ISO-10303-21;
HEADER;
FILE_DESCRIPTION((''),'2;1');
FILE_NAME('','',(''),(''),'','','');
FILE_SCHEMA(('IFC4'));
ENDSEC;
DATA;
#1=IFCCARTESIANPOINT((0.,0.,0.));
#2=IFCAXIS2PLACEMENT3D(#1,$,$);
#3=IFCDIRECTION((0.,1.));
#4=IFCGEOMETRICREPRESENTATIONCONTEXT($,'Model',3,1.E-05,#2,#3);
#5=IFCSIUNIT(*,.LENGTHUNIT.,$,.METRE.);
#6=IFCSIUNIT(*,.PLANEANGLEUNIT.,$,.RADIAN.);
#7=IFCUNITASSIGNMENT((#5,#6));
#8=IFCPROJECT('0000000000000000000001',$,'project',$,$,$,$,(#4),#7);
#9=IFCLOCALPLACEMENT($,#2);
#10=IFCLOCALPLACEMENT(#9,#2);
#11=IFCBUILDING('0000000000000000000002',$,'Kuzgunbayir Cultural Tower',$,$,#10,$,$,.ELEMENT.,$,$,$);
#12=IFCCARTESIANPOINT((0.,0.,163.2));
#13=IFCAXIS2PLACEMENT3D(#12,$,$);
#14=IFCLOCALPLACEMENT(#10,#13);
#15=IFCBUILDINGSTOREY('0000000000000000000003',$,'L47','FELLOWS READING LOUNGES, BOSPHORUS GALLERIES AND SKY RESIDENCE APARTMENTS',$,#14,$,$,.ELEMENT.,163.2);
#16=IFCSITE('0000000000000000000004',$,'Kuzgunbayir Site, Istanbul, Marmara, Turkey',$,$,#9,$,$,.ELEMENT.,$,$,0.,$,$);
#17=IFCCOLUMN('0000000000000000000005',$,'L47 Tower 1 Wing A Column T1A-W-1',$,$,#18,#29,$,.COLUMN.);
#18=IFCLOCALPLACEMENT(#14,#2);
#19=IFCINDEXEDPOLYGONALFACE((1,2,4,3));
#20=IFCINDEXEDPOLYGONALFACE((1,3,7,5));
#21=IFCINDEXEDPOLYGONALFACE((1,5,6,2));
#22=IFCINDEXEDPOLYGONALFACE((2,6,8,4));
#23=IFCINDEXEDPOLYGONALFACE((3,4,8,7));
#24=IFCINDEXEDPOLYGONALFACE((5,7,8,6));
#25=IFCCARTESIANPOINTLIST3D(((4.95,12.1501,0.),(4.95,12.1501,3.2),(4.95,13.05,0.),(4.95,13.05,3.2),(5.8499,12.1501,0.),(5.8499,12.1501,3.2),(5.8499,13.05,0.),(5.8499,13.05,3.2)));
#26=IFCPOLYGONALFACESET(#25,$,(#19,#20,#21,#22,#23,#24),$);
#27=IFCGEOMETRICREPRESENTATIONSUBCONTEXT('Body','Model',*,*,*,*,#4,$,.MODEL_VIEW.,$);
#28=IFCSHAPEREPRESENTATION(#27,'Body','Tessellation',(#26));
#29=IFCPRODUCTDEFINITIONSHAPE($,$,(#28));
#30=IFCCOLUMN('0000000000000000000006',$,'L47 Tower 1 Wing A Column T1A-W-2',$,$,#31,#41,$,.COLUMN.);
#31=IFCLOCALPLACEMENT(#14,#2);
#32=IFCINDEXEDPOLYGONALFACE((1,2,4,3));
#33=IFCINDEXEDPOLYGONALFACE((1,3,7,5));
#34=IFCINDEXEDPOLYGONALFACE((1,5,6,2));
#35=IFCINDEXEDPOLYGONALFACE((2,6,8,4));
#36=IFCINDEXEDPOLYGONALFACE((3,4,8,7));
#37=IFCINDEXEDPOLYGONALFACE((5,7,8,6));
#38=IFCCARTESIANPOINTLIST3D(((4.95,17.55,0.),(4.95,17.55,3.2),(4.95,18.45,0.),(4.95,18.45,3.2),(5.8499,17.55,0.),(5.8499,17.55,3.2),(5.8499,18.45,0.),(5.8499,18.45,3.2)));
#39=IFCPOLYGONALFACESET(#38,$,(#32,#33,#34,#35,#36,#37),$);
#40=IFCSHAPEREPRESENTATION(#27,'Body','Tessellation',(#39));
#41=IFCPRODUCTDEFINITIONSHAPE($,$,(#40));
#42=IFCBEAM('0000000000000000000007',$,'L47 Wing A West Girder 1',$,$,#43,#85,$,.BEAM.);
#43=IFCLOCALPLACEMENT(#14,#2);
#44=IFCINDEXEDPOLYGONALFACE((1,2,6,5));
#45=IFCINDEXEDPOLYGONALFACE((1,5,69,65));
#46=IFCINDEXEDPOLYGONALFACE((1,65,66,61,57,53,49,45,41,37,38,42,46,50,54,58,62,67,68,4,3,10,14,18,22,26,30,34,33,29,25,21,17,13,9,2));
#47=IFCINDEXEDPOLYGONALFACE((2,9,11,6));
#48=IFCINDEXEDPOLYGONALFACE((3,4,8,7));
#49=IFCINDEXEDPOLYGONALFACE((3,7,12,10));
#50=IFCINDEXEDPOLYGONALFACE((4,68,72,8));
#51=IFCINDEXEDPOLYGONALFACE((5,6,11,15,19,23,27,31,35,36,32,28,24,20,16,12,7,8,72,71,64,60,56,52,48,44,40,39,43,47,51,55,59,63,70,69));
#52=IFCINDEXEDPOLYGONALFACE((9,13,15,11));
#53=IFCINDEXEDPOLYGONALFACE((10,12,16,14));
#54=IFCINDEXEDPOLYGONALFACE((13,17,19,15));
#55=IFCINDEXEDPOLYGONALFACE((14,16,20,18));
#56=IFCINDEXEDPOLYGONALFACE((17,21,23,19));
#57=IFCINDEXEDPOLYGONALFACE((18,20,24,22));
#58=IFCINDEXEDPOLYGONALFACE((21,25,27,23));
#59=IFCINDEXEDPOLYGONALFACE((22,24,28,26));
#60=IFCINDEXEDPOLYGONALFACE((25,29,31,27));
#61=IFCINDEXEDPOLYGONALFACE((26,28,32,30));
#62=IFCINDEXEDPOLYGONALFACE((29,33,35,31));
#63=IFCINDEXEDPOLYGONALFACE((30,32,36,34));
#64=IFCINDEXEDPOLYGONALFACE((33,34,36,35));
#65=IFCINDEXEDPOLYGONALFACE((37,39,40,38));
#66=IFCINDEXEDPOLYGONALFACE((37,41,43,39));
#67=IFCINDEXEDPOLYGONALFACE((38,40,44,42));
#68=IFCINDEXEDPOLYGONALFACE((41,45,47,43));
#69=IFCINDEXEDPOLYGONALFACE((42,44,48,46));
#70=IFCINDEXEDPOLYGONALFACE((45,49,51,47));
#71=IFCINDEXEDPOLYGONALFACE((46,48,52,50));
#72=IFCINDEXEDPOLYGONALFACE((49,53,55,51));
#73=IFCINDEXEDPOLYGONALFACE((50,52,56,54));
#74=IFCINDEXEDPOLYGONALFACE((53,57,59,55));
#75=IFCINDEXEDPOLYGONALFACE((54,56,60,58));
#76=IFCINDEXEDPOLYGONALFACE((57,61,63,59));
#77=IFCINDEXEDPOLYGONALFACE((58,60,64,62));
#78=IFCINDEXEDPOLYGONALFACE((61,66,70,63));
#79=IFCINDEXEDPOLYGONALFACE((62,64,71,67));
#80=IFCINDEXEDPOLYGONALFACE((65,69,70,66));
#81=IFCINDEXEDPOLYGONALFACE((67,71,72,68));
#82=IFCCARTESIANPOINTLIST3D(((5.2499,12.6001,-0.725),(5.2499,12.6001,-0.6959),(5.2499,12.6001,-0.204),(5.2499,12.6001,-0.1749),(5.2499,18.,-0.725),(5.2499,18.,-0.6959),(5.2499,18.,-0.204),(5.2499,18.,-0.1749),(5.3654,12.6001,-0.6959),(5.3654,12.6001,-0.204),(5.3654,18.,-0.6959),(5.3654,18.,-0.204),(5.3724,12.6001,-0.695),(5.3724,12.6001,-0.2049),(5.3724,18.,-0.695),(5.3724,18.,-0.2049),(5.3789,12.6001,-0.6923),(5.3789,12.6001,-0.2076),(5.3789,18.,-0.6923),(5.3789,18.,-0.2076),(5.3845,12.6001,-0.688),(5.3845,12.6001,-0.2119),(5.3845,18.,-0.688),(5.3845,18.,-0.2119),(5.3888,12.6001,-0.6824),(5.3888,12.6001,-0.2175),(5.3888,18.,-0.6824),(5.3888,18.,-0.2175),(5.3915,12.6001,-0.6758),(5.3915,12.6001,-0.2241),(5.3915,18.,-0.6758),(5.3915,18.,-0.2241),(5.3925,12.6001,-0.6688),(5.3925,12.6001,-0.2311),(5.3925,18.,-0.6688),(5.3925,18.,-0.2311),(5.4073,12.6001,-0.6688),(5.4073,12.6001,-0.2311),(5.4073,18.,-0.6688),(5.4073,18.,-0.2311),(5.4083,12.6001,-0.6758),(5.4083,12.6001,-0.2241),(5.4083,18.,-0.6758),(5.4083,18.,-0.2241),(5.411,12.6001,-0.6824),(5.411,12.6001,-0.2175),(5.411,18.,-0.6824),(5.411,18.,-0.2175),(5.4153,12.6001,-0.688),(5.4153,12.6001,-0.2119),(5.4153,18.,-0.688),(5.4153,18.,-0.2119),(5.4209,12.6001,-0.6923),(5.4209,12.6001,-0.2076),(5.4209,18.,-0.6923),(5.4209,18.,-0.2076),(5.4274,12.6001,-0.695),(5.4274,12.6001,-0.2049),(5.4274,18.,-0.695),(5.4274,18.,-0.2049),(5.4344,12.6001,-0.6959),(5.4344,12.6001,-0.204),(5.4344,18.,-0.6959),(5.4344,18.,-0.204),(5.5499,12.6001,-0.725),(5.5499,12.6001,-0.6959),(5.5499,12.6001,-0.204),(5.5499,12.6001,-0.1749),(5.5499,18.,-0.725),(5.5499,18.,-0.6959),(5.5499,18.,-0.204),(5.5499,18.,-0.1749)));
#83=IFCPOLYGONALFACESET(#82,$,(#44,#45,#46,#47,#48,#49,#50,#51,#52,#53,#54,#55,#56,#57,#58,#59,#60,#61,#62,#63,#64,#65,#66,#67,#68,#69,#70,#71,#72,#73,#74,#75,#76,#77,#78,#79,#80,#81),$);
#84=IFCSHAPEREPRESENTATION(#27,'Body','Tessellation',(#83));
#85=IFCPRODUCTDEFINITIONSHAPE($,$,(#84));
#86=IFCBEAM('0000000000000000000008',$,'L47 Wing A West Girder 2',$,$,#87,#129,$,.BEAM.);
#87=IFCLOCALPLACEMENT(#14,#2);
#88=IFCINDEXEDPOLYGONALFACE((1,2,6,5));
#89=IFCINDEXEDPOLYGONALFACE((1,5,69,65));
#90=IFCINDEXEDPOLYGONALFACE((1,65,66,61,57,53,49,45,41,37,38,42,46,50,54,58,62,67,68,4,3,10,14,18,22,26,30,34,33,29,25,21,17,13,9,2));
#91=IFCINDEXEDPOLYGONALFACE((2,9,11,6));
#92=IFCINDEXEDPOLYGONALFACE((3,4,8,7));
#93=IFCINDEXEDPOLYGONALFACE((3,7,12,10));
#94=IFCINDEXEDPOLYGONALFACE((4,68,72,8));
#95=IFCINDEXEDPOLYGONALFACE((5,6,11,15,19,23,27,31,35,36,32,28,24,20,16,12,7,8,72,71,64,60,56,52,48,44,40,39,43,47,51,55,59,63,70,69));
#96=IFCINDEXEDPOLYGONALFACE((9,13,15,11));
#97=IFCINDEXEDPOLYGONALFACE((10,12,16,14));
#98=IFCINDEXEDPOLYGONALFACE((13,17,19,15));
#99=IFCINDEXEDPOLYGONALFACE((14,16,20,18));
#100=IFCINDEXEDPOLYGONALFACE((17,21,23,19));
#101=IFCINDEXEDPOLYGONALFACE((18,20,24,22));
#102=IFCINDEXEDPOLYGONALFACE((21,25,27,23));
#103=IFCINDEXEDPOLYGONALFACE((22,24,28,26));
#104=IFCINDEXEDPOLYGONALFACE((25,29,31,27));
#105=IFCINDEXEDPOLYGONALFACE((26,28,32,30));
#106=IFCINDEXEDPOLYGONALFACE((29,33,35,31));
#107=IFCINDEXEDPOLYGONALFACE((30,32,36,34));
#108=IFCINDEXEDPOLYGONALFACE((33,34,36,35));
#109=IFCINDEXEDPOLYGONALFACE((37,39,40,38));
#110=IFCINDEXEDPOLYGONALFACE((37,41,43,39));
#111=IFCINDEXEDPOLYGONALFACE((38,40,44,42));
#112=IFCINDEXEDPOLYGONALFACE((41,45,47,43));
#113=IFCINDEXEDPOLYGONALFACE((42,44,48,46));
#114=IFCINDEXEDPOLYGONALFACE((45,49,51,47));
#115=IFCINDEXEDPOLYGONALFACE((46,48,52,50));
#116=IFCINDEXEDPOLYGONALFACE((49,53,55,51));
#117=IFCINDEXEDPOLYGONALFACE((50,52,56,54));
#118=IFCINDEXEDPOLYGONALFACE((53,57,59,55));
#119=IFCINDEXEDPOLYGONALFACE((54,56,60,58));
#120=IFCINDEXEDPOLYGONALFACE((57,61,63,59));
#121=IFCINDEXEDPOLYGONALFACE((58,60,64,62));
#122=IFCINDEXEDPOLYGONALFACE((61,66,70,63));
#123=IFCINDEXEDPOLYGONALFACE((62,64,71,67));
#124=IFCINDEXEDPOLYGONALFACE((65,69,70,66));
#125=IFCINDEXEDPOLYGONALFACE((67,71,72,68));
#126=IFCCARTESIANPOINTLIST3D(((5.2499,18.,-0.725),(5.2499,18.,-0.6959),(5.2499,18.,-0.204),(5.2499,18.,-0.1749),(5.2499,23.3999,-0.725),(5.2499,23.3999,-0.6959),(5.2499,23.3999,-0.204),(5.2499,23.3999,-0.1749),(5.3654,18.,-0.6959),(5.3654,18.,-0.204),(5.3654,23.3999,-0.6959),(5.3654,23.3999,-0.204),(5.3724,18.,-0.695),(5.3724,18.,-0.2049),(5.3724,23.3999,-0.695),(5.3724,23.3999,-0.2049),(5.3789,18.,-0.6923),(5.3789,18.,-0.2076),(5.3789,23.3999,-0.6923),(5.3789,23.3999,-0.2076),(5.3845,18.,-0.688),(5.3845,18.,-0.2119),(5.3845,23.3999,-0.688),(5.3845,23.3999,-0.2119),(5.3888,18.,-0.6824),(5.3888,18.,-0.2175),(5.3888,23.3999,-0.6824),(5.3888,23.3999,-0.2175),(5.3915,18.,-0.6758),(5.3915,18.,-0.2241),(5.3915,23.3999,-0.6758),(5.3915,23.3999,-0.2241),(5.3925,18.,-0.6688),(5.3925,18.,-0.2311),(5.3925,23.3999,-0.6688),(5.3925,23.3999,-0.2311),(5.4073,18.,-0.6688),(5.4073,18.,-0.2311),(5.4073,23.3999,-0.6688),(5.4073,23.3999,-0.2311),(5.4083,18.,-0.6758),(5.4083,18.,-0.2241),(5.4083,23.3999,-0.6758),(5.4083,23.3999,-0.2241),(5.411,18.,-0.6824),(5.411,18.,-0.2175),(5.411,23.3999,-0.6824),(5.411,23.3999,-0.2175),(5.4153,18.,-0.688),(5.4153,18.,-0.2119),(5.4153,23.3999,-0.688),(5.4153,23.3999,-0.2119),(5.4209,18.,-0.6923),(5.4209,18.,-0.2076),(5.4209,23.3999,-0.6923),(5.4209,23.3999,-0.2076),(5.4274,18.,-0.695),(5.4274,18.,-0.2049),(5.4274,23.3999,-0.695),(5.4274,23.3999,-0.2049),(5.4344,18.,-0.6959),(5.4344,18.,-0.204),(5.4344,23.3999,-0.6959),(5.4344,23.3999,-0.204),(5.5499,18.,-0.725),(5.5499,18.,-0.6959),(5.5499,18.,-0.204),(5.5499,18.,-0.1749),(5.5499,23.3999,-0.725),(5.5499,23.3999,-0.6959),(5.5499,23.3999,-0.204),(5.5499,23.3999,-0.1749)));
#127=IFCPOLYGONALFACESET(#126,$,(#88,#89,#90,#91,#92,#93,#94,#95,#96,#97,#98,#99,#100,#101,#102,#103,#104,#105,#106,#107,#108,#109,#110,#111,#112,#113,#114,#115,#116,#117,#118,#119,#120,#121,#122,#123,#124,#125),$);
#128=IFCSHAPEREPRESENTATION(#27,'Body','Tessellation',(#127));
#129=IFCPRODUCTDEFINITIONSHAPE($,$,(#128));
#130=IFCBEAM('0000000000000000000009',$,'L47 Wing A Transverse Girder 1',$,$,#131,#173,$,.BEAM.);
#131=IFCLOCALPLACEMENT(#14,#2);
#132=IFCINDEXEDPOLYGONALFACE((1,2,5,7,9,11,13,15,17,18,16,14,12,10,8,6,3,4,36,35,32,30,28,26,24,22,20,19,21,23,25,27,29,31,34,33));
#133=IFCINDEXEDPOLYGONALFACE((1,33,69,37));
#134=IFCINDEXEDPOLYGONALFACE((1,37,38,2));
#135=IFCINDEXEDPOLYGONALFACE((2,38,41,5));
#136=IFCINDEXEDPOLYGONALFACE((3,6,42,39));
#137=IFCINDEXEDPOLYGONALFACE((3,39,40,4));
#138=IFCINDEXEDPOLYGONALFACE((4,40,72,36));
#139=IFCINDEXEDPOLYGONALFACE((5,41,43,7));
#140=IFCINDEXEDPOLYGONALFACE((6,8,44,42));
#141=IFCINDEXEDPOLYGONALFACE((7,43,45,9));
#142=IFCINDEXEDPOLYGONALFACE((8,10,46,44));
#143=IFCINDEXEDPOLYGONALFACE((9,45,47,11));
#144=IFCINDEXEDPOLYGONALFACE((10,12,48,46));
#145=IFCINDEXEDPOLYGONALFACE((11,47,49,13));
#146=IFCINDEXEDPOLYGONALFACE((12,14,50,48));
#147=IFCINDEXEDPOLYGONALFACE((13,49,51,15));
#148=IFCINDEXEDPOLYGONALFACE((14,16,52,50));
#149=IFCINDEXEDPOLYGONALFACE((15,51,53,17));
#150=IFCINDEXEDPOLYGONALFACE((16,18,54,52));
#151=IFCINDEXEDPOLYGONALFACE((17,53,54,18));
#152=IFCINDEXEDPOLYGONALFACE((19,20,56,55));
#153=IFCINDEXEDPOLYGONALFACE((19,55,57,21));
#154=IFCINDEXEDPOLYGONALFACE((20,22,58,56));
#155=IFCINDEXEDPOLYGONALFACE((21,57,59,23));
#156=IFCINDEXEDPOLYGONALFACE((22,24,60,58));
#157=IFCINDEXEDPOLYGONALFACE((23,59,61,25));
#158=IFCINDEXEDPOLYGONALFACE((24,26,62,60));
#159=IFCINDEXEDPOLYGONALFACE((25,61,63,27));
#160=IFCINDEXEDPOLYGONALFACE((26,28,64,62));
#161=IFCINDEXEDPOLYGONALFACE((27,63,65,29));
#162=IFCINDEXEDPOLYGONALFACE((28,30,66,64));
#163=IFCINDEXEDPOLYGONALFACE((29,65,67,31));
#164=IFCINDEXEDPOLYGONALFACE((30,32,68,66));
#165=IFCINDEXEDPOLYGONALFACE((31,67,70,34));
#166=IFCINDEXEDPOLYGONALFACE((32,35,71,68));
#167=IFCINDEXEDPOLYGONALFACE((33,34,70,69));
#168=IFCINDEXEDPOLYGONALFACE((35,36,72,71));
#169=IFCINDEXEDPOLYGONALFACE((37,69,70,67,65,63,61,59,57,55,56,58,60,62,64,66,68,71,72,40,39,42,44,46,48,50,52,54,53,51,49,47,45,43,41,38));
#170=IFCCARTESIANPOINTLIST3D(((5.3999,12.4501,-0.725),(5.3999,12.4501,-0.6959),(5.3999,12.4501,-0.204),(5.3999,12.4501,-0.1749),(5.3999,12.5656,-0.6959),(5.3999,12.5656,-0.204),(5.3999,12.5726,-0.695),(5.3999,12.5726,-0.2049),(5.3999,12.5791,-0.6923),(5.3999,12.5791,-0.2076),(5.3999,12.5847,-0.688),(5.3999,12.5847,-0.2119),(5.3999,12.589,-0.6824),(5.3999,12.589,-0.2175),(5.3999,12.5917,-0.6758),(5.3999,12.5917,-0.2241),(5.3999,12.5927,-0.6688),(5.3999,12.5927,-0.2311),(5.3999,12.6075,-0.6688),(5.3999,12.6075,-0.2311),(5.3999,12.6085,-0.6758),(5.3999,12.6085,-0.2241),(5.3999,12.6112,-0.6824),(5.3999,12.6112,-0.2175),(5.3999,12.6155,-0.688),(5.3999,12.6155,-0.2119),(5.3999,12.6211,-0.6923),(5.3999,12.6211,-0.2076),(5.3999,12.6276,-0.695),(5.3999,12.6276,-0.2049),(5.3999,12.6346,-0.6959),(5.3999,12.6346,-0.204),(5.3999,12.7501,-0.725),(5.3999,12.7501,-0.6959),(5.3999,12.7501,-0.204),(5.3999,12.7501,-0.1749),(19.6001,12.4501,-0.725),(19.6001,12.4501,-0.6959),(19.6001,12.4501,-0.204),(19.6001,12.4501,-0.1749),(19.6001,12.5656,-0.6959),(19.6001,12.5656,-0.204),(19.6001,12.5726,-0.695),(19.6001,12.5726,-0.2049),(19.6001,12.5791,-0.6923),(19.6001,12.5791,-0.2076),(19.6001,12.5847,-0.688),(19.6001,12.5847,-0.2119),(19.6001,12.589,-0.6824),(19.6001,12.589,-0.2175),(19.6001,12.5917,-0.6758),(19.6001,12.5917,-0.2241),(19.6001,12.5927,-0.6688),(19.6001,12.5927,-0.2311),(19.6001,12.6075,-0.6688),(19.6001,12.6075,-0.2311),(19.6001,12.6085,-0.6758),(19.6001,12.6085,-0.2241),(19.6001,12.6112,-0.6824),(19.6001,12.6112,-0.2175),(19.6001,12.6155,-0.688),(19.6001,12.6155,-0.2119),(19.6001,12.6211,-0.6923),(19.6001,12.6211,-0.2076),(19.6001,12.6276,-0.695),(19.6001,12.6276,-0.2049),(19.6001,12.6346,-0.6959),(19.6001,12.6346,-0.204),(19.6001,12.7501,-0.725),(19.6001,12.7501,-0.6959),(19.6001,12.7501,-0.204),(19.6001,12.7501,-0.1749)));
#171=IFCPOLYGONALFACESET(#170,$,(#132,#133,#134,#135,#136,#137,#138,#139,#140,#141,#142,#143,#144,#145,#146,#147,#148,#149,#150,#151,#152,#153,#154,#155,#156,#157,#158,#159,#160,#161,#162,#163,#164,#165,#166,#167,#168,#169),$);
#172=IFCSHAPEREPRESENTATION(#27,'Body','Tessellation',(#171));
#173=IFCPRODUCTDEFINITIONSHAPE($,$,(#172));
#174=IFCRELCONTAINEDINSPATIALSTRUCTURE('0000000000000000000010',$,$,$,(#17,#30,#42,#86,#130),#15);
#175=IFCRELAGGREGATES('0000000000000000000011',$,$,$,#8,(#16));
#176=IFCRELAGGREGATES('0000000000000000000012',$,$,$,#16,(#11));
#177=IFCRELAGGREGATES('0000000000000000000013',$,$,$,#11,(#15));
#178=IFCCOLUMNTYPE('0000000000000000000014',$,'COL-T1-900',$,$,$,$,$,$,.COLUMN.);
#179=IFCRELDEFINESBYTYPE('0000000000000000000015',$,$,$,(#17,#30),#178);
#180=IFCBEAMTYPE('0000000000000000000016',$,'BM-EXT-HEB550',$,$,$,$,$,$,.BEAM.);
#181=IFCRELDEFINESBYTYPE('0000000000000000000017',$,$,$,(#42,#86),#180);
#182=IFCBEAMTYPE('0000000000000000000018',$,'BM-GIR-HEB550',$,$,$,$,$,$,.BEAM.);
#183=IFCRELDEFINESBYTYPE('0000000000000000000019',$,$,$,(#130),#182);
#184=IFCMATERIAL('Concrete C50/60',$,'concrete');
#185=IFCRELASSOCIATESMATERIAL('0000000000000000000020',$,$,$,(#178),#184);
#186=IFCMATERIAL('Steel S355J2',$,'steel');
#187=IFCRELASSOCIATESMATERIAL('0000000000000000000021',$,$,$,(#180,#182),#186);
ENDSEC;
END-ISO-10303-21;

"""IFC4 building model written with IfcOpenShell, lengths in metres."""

from ifc_helpers import new_model, si_unit, direction, frame, origin, origin_2d, place, context, subcontext, project, spatial, rectangle, i_section, extrude, material, material_profile, profile_set, type_object, element, save


model = new_model("IFC4")

# Units and contexts
model_context = context("Model", 3, precision=1e-05, world=origin(), true_north=direction((0.0, 1.0)))
body_context = subcontext(model_context, "Body", "Model", "MODEL_VIEW")
ifc_project = project(units=[si_unit("LENGTHUNIT", "METRE"), si_unit("PLANEANGLEUNIT", "RADIAN")], contexts=[model_context])

# Site, building, storey
site_placement = place(None, origin())
site = spatial("IfcSite", under=ifc_project, at=site_placement, Name="Kuzgunbayir Site, Istanbul, Marmara, Turkey", CompositionType="ELEMENT", RefElevation=0.0)
building_placement = place(site_placement, origin())
building = spatial("IfcBuilding", under=site, at=building_placement, Name="Kuzgunbayir Cultural Tower", CompositionType="ELEMENT")
storey_placement = place(building_placement, frame((0.0, 0.0, 163.2)))
storey = spatial("IfcBuildingStorey", under=building, at=storey_placement, Name="L47", Description="FELLOWS READING LOUNGES, BOSPHORUS GALLERIES AND SKY RESIDENCE APARTMENTS", CompositionType="ELEMENT", Elevation=163.2)

# Columns
ifc_material_1 = material(Name="Concrete C50/60", Category="concrete")
ifc_material_profile_1 = material_profile(ifc_material_1, rectangle(XDim=0.8999, YDim=0.8999, at=origin_2d()), Name="RC 900x900")
ifc_profile_set_1 = profile_set([ifc_material_profile_1], Name="Concrete C50/60")
column_type = type_object("IfcColumnType", Name="COL-T1-900", PredefinedType="COLUMN", material=ifc_profile_set_1)
for number, where, z_axis, x_axis, name in (
    (1, (5.3999, 12.6001, 0.0), (0.0, 0.0, 1.0), (1.0, 0.0, 0.0), "L47 Tower 1 Wing A Column T1A-W-1"),
    (2, (5.3999, 18.0, 0.0), (0.0, 0.0, 1.0), (1.0, 0.0, 0.0), "L47 Tower 1 Wing A Column T1A-W-2"),
):
    element("IfcColumn", number, at=place(storey_placement, frame(where, z_axis=z_axis, x_axis=x_axis)), inside=storey, type_object=column_type, Name=name, PredefinedType="COLUMN", context=body_context, shape_type="SweptSolid", body=[
        extrude(rectangle(XDim=0.8999, YDim=0.8999, at=origin_2d()), origin(), (0.0, 0.0, 1.0), 3.2),
    ])

# Beams
ifc_material_2 = material(Name="Steel S355J2", Category="steel")
ifc_material_profile_2 = material_profile(ifc_material_2, i_section(OverallWidth=0.3, OverallDepth=0.55, WebThickness=0.0149, FlangeThickness=0.0291, FilletRadius=0.0271, at=origin_2d()), Name="HEB 550")
ifc_profile_set_2 = profile_set([ifc_material_profile_2], Name="Steel S355J2")
beam_type_1 = type_object("IfcBeamType", Name="BM-EXT-HEB550", PredefinedType="BEAM", material=ifc_profile_set_2)
for number, where, z_axis, x_axis, name in (
    (3, (5.3999, 12.6001, -0.45), (0.0, 1.0, 0.0), (-1.0, 0.0, 0.0), "L47 Wing A West Girder 1"),
    (4, (5.3999, 18.0, -0.45), (0.0, 1.0, 0.0), (-1.0, 0.0, 0.0), "L47 Wing A West Girder 2"),
):
    element("IfcBeam", number, at=place(storey_placement, frame(where, z_axis=z_axis, x_axis=x_axis)), inside=storey, type_object=beam_type_1, Name=name, PredefinedType="BEAM", context=body_context, shape_type="SweptSolid", body=[
        extrude(i_section(OverallWidth=0.3, OverallDepth=0.55, WebThickness=0.0149, FlangeThickness=0.0291, FilletRadius=0.0271, at=origin_2d()), origin(), (0.0, 0.0, 1.0), 5.3999),
    ])
ifc_material_profile_3 = material_profile(ifc_material_2, i_section(OverallWidth=0.3, OverallDepth=0.55, WebThickness=0.0149, FlangeThickness=0.0291, FilletRadius=0.0271, at=origin_2d()), Name="HEB 550")
ifc_profile_set_3 = profile_set([ifc_material_profile_3], Name="Steel S355J2")
beam_type_2 = type_object("IfcBeamType", Name="BM-GIR-HEB550", PredefinedType="BEAM", material=ifc_profile_set_3)
for number, where, z_axis, x_axis, name in (
    (5, (5.3999, 12.6001, -0.45), (1.0, 0.0, 0.0), (0.0, 1.0, 0.0), "L47 Wing A Transverse Girder 1"),
):
    element("IfcBeam", number, at=place(storey_placement, frame(where, z_axis=z_axis, x_axis=x_axis)), inside=storey, type_object=beam_type_2, Name=name, PredefinedType="BEAM", context=body_context, shape_type="SweptSolid", body=[
        extrude(i_section(OverallWidth=0.3, OverallDepth=0.55, WebThickness=0.0149, FlangeThickness=0.0291, FilletRadius=0.0271, at=origin_2d()), origin(), (0.0, 0.0, 1.0), 14.2002),
    ])

save(model, "model.ifc")
